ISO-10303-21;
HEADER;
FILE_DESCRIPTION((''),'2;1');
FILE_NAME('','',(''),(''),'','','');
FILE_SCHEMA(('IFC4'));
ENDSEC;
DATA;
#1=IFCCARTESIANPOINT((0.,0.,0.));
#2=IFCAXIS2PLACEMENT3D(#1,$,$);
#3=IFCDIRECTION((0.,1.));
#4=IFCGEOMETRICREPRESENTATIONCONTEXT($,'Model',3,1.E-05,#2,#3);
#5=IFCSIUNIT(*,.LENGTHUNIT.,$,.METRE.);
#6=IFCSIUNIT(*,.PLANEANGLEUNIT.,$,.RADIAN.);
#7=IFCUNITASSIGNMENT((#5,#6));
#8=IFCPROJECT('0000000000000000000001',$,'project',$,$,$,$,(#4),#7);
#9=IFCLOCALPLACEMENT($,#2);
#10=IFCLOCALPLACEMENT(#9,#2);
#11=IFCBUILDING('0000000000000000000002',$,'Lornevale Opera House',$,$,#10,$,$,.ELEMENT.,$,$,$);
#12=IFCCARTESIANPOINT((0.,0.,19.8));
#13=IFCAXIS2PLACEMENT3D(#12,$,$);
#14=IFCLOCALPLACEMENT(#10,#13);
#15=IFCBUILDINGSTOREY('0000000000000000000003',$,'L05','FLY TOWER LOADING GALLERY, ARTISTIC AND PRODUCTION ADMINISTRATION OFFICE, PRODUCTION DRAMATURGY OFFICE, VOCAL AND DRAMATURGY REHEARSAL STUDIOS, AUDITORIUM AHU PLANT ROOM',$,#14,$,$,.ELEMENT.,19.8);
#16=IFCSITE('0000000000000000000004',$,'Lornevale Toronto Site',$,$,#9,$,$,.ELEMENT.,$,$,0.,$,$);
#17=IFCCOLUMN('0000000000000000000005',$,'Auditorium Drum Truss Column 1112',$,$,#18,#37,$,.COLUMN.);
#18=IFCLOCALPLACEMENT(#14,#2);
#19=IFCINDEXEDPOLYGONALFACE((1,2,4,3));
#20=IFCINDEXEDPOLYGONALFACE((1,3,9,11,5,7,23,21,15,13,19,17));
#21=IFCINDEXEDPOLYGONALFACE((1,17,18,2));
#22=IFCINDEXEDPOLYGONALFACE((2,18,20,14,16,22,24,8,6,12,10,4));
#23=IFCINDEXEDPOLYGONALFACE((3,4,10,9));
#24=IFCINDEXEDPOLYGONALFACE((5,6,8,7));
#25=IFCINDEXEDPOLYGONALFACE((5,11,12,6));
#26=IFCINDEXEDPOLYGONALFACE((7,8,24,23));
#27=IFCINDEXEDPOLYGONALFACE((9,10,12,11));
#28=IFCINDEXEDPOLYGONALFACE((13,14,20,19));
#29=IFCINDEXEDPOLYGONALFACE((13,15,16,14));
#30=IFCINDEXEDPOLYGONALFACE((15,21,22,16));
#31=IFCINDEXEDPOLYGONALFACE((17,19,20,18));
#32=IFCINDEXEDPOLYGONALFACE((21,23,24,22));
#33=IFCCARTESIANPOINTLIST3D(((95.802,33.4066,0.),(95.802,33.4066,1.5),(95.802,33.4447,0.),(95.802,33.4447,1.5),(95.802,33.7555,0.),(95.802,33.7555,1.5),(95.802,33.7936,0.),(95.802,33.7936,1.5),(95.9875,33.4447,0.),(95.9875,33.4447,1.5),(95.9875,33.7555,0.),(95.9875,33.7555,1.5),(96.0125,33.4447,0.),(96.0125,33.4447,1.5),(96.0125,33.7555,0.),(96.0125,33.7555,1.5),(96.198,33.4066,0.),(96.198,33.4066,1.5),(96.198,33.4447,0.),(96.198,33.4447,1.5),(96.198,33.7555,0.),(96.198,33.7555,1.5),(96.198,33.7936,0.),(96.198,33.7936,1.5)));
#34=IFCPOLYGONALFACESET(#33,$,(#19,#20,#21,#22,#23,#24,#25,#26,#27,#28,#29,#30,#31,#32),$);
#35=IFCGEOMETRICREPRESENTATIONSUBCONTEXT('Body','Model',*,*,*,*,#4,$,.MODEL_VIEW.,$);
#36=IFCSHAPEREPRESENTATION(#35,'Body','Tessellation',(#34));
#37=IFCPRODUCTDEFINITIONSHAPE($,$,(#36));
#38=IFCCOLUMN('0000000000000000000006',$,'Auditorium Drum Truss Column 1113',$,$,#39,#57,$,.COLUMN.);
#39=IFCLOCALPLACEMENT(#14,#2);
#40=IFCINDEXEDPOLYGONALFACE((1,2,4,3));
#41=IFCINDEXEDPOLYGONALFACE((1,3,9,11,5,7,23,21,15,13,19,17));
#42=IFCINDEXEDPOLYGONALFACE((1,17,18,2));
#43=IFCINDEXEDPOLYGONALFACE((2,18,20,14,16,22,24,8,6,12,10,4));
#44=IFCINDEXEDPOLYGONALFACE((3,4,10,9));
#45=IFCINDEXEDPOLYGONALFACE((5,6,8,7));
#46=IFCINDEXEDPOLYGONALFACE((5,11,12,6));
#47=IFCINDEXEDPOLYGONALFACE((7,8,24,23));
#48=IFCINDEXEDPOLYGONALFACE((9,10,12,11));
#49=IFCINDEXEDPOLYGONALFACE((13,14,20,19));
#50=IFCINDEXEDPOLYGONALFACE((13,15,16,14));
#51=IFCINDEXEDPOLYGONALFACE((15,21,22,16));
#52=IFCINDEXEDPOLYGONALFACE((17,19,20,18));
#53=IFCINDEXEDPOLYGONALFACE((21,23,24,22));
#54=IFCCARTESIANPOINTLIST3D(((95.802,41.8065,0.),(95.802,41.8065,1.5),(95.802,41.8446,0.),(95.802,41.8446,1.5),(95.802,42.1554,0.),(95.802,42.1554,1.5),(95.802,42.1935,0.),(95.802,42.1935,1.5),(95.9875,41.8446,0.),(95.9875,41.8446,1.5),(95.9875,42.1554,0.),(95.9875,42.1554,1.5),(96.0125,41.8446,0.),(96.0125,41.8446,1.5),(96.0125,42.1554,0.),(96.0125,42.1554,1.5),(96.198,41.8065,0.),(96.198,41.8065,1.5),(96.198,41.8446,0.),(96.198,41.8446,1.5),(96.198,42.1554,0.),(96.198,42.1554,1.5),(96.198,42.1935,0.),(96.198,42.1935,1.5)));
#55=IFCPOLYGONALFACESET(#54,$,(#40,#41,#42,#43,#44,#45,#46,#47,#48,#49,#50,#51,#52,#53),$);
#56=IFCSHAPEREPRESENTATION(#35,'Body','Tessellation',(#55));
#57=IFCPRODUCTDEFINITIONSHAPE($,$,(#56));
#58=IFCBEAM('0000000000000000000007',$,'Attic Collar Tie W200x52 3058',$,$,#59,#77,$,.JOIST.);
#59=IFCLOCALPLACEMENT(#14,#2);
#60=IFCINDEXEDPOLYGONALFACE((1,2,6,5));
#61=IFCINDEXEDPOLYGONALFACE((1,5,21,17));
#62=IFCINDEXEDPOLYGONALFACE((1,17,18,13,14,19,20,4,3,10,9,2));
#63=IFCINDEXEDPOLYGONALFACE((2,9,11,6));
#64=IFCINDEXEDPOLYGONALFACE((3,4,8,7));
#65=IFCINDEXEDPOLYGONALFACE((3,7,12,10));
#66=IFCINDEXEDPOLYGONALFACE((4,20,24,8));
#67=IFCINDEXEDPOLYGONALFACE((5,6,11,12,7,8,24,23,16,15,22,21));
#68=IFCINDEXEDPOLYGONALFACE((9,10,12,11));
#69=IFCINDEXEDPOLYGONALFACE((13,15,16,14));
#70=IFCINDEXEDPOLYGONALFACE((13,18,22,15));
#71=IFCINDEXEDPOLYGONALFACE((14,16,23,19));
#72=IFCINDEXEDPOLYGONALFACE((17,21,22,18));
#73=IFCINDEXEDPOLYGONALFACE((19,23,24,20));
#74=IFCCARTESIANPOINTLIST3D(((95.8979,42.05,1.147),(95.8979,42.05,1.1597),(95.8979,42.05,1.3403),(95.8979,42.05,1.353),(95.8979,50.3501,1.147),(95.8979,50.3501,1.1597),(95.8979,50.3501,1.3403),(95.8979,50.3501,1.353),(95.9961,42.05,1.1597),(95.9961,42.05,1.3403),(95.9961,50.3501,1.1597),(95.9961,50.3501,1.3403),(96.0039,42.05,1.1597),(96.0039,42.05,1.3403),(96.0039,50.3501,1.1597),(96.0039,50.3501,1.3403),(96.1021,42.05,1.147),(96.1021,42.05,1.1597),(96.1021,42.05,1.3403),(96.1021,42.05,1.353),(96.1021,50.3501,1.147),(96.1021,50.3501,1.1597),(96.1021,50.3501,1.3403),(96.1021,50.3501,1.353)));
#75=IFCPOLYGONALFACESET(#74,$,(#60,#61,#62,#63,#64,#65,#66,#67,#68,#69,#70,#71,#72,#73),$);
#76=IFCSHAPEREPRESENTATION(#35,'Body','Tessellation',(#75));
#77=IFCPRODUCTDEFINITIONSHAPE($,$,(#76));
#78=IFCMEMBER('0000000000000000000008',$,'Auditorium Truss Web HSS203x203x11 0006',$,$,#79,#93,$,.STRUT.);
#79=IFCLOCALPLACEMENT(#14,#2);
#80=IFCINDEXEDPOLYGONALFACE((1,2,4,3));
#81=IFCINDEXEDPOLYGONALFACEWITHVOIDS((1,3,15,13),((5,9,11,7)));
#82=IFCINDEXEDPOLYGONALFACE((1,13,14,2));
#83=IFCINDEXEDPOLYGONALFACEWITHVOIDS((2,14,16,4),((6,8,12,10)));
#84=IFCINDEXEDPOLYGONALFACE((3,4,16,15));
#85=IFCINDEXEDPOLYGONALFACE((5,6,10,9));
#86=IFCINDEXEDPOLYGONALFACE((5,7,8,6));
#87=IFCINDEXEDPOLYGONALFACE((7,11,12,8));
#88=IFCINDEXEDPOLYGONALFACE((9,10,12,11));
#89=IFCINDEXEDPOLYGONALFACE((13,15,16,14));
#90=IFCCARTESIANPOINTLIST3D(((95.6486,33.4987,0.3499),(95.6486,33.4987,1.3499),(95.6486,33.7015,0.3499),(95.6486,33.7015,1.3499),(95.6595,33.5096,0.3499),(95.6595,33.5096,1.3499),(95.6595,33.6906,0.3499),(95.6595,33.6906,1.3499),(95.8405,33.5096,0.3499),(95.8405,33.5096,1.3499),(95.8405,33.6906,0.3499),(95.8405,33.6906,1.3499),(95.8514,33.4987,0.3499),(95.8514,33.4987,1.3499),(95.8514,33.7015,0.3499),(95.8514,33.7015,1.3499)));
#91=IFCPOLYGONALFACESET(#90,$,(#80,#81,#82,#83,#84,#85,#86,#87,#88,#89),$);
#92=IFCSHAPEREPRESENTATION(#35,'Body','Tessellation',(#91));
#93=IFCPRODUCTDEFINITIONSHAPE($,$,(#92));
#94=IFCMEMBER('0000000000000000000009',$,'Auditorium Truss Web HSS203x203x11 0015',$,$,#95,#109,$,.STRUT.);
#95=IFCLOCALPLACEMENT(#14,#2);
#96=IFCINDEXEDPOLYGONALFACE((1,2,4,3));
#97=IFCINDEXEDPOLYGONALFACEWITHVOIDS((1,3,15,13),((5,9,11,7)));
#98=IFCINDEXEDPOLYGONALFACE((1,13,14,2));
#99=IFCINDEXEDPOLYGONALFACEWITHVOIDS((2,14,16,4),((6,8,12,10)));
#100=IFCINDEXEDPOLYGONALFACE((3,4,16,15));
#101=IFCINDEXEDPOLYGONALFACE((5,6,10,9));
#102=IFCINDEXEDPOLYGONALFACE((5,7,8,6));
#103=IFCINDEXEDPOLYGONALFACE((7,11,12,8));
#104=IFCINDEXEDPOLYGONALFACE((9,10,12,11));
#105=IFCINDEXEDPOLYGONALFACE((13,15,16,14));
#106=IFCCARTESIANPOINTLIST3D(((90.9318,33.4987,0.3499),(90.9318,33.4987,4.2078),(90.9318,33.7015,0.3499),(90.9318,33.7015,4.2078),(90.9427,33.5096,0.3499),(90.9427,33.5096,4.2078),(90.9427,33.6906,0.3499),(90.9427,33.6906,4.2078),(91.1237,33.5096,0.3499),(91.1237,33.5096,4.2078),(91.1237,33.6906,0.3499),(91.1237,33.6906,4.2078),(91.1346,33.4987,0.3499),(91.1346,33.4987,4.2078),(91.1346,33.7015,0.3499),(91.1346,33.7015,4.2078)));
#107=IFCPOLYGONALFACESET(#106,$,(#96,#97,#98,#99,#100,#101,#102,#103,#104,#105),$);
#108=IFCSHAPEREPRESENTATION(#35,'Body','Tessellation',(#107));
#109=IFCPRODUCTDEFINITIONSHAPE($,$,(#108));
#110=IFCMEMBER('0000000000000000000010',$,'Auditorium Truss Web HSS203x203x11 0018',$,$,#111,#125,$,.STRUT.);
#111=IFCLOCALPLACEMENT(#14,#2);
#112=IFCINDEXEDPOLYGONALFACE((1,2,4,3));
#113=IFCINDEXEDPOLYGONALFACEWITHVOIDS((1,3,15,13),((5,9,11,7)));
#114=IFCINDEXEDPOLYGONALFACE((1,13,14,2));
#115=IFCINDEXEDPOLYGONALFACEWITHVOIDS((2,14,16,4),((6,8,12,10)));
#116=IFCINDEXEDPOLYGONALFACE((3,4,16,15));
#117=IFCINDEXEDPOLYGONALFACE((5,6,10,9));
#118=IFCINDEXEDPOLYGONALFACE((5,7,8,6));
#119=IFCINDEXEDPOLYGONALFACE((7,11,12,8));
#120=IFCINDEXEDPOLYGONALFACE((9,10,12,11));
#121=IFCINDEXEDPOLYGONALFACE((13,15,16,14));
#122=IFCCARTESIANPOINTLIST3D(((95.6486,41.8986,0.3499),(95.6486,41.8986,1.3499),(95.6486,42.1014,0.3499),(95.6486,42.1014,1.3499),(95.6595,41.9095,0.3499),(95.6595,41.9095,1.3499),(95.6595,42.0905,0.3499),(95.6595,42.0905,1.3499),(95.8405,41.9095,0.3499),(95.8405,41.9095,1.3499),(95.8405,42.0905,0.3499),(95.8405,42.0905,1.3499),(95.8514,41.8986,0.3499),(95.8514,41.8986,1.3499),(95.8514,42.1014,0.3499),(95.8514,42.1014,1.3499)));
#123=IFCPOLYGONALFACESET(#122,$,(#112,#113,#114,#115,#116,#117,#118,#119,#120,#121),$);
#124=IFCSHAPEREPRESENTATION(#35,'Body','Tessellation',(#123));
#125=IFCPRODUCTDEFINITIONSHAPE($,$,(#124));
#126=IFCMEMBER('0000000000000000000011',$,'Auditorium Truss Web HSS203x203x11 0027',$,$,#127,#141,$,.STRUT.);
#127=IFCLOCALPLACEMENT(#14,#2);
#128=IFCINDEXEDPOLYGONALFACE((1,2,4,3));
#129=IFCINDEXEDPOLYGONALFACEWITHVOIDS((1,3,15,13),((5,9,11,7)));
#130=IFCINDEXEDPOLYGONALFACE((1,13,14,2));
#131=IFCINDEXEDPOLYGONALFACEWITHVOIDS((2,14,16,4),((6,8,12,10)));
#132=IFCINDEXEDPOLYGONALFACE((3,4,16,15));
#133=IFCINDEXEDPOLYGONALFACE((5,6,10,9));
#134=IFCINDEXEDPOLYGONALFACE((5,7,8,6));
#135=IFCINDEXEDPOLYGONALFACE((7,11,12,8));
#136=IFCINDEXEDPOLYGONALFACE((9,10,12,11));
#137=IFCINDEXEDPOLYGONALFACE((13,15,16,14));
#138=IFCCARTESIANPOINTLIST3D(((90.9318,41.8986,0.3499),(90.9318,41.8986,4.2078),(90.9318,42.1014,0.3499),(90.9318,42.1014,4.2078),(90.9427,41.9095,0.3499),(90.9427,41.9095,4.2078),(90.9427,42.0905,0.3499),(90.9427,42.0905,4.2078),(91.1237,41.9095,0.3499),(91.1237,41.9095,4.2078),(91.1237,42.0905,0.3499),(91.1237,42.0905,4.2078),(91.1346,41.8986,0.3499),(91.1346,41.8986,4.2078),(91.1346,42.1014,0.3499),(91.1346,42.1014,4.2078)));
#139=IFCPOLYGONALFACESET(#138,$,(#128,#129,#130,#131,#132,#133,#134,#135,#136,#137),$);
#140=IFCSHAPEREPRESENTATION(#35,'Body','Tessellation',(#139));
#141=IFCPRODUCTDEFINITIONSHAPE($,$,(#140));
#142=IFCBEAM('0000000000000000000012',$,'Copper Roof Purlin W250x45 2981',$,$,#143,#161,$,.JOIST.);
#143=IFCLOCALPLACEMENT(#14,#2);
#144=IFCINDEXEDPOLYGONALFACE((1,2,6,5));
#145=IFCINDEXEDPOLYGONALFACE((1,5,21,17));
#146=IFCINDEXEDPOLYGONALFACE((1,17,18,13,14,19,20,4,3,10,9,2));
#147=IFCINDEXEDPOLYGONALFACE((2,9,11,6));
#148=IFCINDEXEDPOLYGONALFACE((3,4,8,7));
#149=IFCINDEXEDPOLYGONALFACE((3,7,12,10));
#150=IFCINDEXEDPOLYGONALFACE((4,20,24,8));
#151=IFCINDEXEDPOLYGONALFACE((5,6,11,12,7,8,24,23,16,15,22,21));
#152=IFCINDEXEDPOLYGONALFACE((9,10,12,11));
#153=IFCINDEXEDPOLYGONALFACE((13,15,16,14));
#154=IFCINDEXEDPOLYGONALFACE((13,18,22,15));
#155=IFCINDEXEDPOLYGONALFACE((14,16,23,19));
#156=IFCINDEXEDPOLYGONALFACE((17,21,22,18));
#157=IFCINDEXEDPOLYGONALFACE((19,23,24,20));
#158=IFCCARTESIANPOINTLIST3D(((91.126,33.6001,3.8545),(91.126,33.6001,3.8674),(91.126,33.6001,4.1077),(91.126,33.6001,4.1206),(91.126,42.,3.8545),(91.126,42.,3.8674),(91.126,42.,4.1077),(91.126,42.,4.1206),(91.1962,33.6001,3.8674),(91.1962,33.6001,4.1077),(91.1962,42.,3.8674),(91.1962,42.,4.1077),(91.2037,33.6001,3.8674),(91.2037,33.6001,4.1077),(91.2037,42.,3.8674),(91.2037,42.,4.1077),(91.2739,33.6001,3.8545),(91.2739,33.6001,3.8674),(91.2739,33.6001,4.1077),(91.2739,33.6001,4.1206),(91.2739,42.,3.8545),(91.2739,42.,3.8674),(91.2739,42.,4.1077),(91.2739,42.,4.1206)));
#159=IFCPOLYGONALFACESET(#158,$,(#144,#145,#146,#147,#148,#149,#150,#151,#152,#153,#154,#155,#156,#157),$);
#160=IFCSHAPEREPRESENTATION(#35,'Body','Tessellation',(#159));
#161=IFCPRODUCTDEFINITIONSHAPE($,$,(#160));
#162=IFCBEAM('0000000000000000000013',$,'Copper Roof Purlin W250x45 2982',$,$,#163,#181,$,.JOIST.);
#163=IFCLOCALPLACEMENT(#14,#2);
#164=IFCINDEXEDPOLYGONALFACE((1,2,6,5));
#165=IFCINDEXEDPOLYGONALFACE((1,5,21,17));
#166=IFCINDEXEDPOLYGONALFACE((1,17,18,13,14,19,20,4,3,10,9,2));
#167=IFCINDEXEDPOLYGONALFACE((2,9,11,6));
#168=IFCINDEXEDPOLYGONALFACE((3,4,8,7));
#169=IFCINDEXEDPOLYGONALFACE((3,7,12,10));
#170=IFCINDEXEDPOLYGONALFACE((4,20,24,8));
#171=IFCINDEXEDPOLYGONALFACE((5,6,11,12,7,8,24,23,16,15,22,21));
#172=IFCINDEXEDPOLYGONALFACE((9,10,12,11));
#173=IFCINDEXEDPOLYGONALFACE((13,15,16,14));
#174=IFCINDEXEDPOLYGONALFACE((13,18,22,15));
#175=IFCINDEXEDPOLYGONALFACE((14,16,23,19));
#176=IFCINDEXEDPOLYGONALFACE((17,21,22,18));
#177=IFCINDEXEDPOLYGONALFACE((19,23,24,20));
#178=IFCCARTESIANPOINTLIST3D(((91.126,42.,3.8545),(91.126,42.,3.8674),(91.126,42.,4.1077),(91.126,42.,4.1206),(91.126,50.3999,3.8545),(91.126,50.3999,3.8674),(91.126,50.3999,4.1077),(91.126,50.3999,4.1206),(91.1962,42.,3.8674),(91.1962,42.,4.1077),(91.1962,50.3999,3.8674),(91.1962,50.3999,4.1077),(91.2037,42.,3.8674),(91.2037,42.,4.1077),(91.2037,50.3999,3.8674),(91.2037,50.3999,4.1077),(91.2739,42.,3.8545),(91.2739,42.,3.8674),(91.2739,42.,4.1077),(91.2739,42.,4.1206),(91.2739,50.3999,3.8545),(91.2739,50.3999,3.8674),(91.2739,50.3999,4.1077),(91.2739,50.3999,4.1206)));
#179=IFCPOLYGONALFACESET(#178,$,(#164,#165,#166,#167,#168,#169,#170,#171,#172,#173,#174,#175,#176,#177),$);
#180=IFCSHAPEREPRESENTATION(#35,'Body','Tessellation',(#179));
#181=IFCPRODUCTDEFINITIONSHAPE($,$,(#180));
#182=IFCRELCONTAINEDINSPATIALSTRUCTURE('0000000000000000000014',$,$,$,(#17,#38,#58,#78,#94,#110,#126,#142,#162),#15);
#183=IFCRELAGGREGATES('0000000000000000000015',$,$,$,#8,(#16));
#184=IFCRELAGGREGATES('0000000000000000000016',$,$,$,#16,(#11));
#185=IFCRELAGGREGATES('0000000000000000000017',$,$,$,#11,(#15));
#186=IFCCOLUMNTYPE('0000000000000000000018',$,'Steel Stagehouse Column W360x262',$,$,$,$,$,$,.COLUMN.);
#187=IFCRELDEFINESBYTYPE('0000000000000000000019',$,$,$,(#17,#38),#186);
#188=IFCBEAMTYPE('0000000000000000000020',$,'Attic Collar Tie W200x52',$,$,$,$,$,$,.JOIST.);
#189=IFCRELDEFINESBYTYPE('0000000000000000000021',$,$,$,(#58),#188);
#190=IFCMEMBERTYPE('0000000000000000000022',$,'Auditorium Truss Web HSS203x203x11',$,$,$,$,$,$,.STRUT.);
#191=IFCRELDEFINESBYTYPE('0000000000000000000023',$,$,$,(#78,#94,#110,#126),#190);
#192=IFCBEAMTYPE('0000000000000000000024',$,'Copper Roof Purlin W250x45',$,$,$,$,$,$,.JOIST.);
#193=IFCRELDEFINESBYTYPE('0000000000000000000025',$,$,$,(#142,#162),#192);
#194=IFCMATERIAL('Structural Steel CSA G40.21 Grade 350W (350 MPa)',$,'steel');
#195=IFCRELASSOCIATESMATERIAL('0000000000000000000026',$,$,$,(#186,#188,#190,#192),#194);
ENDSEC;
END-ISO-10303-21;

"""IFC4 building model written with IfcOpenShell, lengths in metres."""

from ifc_helpers import new_model, si_unit, direction, frame, origin, origin_2d, place, context, subcontext, project, spatial, hollow_rectangle, i_section, extrude, material, material_profile, profile_set, type_object, element, save


model = new_model("IFC4")

# Units and contexts
model_context = context("Model", 3, precision=1e-05, world=origin(), true_north=direction((0.0, 1.0)))
body_context = subcontext(model_context, "Body", "Model", "MODEL_VIEW")
ifc_project = project(units=[si_unit("LENGTHUNIT", "METRE"), si_unit("PLANEANGLEUNIT", "RADIAN")], contexts=[model_context])

# Site, building, storey
site_placement = place(None, origin())
site = spatial("IfcSite", under=ifc_project, at=site_placement, Name="Lornevale Toronto Site", CompositionType="ELEMENT", RefElevation=0.0)
building_placement = place(site_placement, origin())
building = spatial("IfcBuilding", under=site, at=building_placement, Name="Lornevale Opera House", CompositionType="ELEMENT")
storey_placement = place(building_placement, frame((0.0, 0.0, 19.8)))
storey = spatial("IfcBuildingStorey", under=building, at=storey_placement, Name="L05", Description="FLY TOWER LOADING GALLERY, ARTISTIC AND PRODUCTION ADMINISTRATION OFFICE, PRODUCTION DRAMATURGY OFFICE, VOCAL AND DRAMATURGY REHEARSAL STUDIOS, AUDITORIUM AHU PLANT ROOM", CompositionType="ELEMENT", Elevation=19.8)

# Columns
ifc_material_1 = material(Name="Structural Steel CSA G40.21 Grade 350W (350 MPa)", Category="steel")
ifc_material_profile_1 = material_profile(ifc_material_1, i_section(OverallWidth=0.396, OverallDepth=0.387, WebThickness=0.0249, FlangeThickness=0.0381, at=origin_2d()), Name="W360x262")
ifc_profile_set_1 = profile_set([ifc_material_profile_1], Name="Structural Steel CSA G40.21 Grade 350W (350 MPa)")
column_type = type_object("IfcColumnType", Name="Steel Stagehouse Column W360x262", PredefinedType="COLUMN", material=ifc_profile_set_1)
for number, where, z_axis, x_axis, name in (
    (1, (96.0, 33.6001, 0.0), (0.0, 0.0, 1.0), (1.0, 0.0, 0.0), "Auditorium Drum Truss Column 1112"),
    (2, (96.0, 42.0, 0.0), (0.0, 0.0, 1.0), (1.0, 0.0, 0.0), "Auditorium Drum Truss Column 1113"),
):
    element("IfcColumn", number, at=place(storey_placement, frame(where, z_axis=z_axis, x_axis=x_axis)), inside=storey, type_object=column_type, Name=name, PredefinedType="COLUMN", context=body_context, shape_type="SweptSolid", body=[
        extrude(i_section(OverallWidth=0.396, OverallDepth=0.387, WebThickness=0.0249, FlangeThickness=0.0381, at=origin_2d()), origin(), (0.0, 0.0, 1.0), 1.5),
    ])

# Beam
ifc_material_profile_2 = material_profile(ifc_material_1, i_section(OverallWidth=0.2041, OverallDepth=0.2061, WebThickness=0.0078, FlangeThickness=0.0127, at=origin_2d()), Name="W200x52")
ifc_profile_set_2 = profile_set([ifc_material_profile_2], Name="Structural Steel CSA G40.21 Grade 350W (350 MPa)")
beam_type_1 = type_object("IfcBeamType", Name="Attic Collar Tie W200x52", PredefinedType="JOIST", material=ifc_profile_set_2)
beam_1_placement = place(storey_placement, frame((96.0, 42.05, 1.25), z_axis=(0.0, 1.0, 0.0), x_axis=(-1.0, 0.0, 0.0)))
element("IfcBeam", 3, at=beam_1_placement, inside=storey, type_object=beam_type_1, Name="Attic Collar Tie W200x52 3058", PredefinedType="JOIST", context=body_context, shape_type="SweptSolid", body=[
    extrude(i_section(OverallWidth=0.2041, OverallDepth=0.2061, WebThickness=0.0078, FlangeThickness=0.0127, at=origin_2d()), origin(), (0.0, 0.0, 1.0), 8.3),
])

# Members
ifc_material_profile_3 = material_profile(ifc_material_1, hollow_rectangle(XDim=0.2029, YDim=0.2029, WallThickness=0.011, at=origin_2d()), Name="HSS203x203x11")
ifc_profile_set_3 = profile_set([ifc_material_profile_3], Name="Structural Steel CSA G40.21 Grade 350W (350 MPa)")
member_type_1 = type_object("IfcMemberType", Name="Auditorium Truss Web HSS203x203x11", PredefinedType="STRUT", material=ifc_profile_set_3)
member_1_placement = place(storey_placement, frame((95.75, 33.6001, 0.3499), z_axis=(0.0, 0.0, 1.0), x_axis=(1.0, 0.0, 0.0)))
element("IfcMember", 4, at=member_1_placement, inside=storey, type_object=member_type_1, Name="Auditorium Truss Web HSS203x203x11 0006", PredefinedType="STRUT", context=body_context, shape_type="SweptSolid", body=[
    extrude(hollow_rectangle(XDim=0.2029, YDim=0.2029, WallThickness=0.011, at=origin_2d()), origin(), (0.0, 0.0, 1.0), 1.0),
])
member_2_placement = place(storey_placement, frame((91.0332, 33.6001, 0.3499), z_axis=(0.0, 0.0, 1.0), x_axis=(1.0, 0.0, 0.0)))
element("IfcMember", 5, at=member_2_placement, inside=storey, type_object=member_type_1, Name="Auditorium Truss Web HSS203x203x11 0015", PredefinedType="STRUT", context=body_context, shape_type="SweptSolid", body=[
    extrude(hollow_rectangle(XDim=0.2029, YDim=0.2029, WallThickness=0.011, at=origin_2d()), origin(), (0.0, 0.0, 1.0), 3.8579),
])
member_3_placement = place(storey_placement, frame((95.75, 42.0, 0.3499), z_axis=(0.0, 0.0, 1.0), x_axis=(1.0, 0.0, 0.0)))
element("IfcMember", 6, at=member_3_placement, inside=storey, type_object=member_type_1, Name="Auditorium Truss Web HSS203x203x11 0018", PredefinedType="STRUT", context=body_context, shape_type="SweptSolid", body=[
    extrude(hollow_rectangle(XDim=0.2029, YDim=0.2029, WallThickness=0.011, at=origin_2d()), origin(), (0.0, 0.0, 1.0), 1.0),
])
member_4_placement = place(storey_placement, frame((91.0332, 42.0, 0.3499), z_axis=(0.0, 0.0, 1.0), x_axis=(1.0, 0.0, 0.0)))
element("IfcMember", 7, at=member_4_placement, inside=storey, type_object=member_type_1, Name="Auditorium Truss Web HSS203x203x11 0027", PredefinedType="STRUT", context=body_context, shape_type="SweptSolid", body=[
    extrude(hollow_rectangle(XDim=0.2029, YDim=0.2029, WallThickness=0.011, at=origin_2d()), origin(), (0.0, 0.0, 1.0), 3.8579),
])

# Beams
ifc_material_profile_4 = material_profile(ifc_material_1, i_section(OverallWidth=0.1479, OverallDepth=0.2661, WebThickness=0.0076, FlangeThickness=0.0129, at=origin_2d()), Name="W250x45")
ifc_profile_set_4 = profile_set([ifc_material_profile_4], Name="Structural Steel CSA G40.21 Grade 350W (350 MPa)")
beam_type_2 = type_object("IfcBeamType", Name="Copper Roof Purlin W250x45", PredefinedType="JOIST", material=ifc_profile_set_4)
for number, where, z_axis, x_axis, name in (
    (8, (91.2, 33.6001, 3.9875), (0.0, 1.0, 0.0), (-1.0, 0.0, 0.0), "Copper Roof Purlin W250x45 2981"),
    (9, (91.2, 42.0, 3.9875), (0.0, 1.0, 0.0), (-1.0, 0.0, 0.0), "Copper Roof Purlin W250x45 2982"),
):
    element("IfcBeam", number, at=place(storey_placement, frame(where, z_axis=z_axis, x_axis=x_axis)), inside=storey, type_object=beam_type_2, Name=name, PredefinedType="JOIST", context=body_context, shape_type="SweptSolid", body=[
        extrude(i_section(OverallWidth=0.1479, OverallDepth=0.2661, WebThickness=0.0076, FlangeThickness=0.0129, at=origin_2d()), origin(), (0.0, 0.0, 1.0), 8.3999),
    ])

save(model, "model.ifc")
